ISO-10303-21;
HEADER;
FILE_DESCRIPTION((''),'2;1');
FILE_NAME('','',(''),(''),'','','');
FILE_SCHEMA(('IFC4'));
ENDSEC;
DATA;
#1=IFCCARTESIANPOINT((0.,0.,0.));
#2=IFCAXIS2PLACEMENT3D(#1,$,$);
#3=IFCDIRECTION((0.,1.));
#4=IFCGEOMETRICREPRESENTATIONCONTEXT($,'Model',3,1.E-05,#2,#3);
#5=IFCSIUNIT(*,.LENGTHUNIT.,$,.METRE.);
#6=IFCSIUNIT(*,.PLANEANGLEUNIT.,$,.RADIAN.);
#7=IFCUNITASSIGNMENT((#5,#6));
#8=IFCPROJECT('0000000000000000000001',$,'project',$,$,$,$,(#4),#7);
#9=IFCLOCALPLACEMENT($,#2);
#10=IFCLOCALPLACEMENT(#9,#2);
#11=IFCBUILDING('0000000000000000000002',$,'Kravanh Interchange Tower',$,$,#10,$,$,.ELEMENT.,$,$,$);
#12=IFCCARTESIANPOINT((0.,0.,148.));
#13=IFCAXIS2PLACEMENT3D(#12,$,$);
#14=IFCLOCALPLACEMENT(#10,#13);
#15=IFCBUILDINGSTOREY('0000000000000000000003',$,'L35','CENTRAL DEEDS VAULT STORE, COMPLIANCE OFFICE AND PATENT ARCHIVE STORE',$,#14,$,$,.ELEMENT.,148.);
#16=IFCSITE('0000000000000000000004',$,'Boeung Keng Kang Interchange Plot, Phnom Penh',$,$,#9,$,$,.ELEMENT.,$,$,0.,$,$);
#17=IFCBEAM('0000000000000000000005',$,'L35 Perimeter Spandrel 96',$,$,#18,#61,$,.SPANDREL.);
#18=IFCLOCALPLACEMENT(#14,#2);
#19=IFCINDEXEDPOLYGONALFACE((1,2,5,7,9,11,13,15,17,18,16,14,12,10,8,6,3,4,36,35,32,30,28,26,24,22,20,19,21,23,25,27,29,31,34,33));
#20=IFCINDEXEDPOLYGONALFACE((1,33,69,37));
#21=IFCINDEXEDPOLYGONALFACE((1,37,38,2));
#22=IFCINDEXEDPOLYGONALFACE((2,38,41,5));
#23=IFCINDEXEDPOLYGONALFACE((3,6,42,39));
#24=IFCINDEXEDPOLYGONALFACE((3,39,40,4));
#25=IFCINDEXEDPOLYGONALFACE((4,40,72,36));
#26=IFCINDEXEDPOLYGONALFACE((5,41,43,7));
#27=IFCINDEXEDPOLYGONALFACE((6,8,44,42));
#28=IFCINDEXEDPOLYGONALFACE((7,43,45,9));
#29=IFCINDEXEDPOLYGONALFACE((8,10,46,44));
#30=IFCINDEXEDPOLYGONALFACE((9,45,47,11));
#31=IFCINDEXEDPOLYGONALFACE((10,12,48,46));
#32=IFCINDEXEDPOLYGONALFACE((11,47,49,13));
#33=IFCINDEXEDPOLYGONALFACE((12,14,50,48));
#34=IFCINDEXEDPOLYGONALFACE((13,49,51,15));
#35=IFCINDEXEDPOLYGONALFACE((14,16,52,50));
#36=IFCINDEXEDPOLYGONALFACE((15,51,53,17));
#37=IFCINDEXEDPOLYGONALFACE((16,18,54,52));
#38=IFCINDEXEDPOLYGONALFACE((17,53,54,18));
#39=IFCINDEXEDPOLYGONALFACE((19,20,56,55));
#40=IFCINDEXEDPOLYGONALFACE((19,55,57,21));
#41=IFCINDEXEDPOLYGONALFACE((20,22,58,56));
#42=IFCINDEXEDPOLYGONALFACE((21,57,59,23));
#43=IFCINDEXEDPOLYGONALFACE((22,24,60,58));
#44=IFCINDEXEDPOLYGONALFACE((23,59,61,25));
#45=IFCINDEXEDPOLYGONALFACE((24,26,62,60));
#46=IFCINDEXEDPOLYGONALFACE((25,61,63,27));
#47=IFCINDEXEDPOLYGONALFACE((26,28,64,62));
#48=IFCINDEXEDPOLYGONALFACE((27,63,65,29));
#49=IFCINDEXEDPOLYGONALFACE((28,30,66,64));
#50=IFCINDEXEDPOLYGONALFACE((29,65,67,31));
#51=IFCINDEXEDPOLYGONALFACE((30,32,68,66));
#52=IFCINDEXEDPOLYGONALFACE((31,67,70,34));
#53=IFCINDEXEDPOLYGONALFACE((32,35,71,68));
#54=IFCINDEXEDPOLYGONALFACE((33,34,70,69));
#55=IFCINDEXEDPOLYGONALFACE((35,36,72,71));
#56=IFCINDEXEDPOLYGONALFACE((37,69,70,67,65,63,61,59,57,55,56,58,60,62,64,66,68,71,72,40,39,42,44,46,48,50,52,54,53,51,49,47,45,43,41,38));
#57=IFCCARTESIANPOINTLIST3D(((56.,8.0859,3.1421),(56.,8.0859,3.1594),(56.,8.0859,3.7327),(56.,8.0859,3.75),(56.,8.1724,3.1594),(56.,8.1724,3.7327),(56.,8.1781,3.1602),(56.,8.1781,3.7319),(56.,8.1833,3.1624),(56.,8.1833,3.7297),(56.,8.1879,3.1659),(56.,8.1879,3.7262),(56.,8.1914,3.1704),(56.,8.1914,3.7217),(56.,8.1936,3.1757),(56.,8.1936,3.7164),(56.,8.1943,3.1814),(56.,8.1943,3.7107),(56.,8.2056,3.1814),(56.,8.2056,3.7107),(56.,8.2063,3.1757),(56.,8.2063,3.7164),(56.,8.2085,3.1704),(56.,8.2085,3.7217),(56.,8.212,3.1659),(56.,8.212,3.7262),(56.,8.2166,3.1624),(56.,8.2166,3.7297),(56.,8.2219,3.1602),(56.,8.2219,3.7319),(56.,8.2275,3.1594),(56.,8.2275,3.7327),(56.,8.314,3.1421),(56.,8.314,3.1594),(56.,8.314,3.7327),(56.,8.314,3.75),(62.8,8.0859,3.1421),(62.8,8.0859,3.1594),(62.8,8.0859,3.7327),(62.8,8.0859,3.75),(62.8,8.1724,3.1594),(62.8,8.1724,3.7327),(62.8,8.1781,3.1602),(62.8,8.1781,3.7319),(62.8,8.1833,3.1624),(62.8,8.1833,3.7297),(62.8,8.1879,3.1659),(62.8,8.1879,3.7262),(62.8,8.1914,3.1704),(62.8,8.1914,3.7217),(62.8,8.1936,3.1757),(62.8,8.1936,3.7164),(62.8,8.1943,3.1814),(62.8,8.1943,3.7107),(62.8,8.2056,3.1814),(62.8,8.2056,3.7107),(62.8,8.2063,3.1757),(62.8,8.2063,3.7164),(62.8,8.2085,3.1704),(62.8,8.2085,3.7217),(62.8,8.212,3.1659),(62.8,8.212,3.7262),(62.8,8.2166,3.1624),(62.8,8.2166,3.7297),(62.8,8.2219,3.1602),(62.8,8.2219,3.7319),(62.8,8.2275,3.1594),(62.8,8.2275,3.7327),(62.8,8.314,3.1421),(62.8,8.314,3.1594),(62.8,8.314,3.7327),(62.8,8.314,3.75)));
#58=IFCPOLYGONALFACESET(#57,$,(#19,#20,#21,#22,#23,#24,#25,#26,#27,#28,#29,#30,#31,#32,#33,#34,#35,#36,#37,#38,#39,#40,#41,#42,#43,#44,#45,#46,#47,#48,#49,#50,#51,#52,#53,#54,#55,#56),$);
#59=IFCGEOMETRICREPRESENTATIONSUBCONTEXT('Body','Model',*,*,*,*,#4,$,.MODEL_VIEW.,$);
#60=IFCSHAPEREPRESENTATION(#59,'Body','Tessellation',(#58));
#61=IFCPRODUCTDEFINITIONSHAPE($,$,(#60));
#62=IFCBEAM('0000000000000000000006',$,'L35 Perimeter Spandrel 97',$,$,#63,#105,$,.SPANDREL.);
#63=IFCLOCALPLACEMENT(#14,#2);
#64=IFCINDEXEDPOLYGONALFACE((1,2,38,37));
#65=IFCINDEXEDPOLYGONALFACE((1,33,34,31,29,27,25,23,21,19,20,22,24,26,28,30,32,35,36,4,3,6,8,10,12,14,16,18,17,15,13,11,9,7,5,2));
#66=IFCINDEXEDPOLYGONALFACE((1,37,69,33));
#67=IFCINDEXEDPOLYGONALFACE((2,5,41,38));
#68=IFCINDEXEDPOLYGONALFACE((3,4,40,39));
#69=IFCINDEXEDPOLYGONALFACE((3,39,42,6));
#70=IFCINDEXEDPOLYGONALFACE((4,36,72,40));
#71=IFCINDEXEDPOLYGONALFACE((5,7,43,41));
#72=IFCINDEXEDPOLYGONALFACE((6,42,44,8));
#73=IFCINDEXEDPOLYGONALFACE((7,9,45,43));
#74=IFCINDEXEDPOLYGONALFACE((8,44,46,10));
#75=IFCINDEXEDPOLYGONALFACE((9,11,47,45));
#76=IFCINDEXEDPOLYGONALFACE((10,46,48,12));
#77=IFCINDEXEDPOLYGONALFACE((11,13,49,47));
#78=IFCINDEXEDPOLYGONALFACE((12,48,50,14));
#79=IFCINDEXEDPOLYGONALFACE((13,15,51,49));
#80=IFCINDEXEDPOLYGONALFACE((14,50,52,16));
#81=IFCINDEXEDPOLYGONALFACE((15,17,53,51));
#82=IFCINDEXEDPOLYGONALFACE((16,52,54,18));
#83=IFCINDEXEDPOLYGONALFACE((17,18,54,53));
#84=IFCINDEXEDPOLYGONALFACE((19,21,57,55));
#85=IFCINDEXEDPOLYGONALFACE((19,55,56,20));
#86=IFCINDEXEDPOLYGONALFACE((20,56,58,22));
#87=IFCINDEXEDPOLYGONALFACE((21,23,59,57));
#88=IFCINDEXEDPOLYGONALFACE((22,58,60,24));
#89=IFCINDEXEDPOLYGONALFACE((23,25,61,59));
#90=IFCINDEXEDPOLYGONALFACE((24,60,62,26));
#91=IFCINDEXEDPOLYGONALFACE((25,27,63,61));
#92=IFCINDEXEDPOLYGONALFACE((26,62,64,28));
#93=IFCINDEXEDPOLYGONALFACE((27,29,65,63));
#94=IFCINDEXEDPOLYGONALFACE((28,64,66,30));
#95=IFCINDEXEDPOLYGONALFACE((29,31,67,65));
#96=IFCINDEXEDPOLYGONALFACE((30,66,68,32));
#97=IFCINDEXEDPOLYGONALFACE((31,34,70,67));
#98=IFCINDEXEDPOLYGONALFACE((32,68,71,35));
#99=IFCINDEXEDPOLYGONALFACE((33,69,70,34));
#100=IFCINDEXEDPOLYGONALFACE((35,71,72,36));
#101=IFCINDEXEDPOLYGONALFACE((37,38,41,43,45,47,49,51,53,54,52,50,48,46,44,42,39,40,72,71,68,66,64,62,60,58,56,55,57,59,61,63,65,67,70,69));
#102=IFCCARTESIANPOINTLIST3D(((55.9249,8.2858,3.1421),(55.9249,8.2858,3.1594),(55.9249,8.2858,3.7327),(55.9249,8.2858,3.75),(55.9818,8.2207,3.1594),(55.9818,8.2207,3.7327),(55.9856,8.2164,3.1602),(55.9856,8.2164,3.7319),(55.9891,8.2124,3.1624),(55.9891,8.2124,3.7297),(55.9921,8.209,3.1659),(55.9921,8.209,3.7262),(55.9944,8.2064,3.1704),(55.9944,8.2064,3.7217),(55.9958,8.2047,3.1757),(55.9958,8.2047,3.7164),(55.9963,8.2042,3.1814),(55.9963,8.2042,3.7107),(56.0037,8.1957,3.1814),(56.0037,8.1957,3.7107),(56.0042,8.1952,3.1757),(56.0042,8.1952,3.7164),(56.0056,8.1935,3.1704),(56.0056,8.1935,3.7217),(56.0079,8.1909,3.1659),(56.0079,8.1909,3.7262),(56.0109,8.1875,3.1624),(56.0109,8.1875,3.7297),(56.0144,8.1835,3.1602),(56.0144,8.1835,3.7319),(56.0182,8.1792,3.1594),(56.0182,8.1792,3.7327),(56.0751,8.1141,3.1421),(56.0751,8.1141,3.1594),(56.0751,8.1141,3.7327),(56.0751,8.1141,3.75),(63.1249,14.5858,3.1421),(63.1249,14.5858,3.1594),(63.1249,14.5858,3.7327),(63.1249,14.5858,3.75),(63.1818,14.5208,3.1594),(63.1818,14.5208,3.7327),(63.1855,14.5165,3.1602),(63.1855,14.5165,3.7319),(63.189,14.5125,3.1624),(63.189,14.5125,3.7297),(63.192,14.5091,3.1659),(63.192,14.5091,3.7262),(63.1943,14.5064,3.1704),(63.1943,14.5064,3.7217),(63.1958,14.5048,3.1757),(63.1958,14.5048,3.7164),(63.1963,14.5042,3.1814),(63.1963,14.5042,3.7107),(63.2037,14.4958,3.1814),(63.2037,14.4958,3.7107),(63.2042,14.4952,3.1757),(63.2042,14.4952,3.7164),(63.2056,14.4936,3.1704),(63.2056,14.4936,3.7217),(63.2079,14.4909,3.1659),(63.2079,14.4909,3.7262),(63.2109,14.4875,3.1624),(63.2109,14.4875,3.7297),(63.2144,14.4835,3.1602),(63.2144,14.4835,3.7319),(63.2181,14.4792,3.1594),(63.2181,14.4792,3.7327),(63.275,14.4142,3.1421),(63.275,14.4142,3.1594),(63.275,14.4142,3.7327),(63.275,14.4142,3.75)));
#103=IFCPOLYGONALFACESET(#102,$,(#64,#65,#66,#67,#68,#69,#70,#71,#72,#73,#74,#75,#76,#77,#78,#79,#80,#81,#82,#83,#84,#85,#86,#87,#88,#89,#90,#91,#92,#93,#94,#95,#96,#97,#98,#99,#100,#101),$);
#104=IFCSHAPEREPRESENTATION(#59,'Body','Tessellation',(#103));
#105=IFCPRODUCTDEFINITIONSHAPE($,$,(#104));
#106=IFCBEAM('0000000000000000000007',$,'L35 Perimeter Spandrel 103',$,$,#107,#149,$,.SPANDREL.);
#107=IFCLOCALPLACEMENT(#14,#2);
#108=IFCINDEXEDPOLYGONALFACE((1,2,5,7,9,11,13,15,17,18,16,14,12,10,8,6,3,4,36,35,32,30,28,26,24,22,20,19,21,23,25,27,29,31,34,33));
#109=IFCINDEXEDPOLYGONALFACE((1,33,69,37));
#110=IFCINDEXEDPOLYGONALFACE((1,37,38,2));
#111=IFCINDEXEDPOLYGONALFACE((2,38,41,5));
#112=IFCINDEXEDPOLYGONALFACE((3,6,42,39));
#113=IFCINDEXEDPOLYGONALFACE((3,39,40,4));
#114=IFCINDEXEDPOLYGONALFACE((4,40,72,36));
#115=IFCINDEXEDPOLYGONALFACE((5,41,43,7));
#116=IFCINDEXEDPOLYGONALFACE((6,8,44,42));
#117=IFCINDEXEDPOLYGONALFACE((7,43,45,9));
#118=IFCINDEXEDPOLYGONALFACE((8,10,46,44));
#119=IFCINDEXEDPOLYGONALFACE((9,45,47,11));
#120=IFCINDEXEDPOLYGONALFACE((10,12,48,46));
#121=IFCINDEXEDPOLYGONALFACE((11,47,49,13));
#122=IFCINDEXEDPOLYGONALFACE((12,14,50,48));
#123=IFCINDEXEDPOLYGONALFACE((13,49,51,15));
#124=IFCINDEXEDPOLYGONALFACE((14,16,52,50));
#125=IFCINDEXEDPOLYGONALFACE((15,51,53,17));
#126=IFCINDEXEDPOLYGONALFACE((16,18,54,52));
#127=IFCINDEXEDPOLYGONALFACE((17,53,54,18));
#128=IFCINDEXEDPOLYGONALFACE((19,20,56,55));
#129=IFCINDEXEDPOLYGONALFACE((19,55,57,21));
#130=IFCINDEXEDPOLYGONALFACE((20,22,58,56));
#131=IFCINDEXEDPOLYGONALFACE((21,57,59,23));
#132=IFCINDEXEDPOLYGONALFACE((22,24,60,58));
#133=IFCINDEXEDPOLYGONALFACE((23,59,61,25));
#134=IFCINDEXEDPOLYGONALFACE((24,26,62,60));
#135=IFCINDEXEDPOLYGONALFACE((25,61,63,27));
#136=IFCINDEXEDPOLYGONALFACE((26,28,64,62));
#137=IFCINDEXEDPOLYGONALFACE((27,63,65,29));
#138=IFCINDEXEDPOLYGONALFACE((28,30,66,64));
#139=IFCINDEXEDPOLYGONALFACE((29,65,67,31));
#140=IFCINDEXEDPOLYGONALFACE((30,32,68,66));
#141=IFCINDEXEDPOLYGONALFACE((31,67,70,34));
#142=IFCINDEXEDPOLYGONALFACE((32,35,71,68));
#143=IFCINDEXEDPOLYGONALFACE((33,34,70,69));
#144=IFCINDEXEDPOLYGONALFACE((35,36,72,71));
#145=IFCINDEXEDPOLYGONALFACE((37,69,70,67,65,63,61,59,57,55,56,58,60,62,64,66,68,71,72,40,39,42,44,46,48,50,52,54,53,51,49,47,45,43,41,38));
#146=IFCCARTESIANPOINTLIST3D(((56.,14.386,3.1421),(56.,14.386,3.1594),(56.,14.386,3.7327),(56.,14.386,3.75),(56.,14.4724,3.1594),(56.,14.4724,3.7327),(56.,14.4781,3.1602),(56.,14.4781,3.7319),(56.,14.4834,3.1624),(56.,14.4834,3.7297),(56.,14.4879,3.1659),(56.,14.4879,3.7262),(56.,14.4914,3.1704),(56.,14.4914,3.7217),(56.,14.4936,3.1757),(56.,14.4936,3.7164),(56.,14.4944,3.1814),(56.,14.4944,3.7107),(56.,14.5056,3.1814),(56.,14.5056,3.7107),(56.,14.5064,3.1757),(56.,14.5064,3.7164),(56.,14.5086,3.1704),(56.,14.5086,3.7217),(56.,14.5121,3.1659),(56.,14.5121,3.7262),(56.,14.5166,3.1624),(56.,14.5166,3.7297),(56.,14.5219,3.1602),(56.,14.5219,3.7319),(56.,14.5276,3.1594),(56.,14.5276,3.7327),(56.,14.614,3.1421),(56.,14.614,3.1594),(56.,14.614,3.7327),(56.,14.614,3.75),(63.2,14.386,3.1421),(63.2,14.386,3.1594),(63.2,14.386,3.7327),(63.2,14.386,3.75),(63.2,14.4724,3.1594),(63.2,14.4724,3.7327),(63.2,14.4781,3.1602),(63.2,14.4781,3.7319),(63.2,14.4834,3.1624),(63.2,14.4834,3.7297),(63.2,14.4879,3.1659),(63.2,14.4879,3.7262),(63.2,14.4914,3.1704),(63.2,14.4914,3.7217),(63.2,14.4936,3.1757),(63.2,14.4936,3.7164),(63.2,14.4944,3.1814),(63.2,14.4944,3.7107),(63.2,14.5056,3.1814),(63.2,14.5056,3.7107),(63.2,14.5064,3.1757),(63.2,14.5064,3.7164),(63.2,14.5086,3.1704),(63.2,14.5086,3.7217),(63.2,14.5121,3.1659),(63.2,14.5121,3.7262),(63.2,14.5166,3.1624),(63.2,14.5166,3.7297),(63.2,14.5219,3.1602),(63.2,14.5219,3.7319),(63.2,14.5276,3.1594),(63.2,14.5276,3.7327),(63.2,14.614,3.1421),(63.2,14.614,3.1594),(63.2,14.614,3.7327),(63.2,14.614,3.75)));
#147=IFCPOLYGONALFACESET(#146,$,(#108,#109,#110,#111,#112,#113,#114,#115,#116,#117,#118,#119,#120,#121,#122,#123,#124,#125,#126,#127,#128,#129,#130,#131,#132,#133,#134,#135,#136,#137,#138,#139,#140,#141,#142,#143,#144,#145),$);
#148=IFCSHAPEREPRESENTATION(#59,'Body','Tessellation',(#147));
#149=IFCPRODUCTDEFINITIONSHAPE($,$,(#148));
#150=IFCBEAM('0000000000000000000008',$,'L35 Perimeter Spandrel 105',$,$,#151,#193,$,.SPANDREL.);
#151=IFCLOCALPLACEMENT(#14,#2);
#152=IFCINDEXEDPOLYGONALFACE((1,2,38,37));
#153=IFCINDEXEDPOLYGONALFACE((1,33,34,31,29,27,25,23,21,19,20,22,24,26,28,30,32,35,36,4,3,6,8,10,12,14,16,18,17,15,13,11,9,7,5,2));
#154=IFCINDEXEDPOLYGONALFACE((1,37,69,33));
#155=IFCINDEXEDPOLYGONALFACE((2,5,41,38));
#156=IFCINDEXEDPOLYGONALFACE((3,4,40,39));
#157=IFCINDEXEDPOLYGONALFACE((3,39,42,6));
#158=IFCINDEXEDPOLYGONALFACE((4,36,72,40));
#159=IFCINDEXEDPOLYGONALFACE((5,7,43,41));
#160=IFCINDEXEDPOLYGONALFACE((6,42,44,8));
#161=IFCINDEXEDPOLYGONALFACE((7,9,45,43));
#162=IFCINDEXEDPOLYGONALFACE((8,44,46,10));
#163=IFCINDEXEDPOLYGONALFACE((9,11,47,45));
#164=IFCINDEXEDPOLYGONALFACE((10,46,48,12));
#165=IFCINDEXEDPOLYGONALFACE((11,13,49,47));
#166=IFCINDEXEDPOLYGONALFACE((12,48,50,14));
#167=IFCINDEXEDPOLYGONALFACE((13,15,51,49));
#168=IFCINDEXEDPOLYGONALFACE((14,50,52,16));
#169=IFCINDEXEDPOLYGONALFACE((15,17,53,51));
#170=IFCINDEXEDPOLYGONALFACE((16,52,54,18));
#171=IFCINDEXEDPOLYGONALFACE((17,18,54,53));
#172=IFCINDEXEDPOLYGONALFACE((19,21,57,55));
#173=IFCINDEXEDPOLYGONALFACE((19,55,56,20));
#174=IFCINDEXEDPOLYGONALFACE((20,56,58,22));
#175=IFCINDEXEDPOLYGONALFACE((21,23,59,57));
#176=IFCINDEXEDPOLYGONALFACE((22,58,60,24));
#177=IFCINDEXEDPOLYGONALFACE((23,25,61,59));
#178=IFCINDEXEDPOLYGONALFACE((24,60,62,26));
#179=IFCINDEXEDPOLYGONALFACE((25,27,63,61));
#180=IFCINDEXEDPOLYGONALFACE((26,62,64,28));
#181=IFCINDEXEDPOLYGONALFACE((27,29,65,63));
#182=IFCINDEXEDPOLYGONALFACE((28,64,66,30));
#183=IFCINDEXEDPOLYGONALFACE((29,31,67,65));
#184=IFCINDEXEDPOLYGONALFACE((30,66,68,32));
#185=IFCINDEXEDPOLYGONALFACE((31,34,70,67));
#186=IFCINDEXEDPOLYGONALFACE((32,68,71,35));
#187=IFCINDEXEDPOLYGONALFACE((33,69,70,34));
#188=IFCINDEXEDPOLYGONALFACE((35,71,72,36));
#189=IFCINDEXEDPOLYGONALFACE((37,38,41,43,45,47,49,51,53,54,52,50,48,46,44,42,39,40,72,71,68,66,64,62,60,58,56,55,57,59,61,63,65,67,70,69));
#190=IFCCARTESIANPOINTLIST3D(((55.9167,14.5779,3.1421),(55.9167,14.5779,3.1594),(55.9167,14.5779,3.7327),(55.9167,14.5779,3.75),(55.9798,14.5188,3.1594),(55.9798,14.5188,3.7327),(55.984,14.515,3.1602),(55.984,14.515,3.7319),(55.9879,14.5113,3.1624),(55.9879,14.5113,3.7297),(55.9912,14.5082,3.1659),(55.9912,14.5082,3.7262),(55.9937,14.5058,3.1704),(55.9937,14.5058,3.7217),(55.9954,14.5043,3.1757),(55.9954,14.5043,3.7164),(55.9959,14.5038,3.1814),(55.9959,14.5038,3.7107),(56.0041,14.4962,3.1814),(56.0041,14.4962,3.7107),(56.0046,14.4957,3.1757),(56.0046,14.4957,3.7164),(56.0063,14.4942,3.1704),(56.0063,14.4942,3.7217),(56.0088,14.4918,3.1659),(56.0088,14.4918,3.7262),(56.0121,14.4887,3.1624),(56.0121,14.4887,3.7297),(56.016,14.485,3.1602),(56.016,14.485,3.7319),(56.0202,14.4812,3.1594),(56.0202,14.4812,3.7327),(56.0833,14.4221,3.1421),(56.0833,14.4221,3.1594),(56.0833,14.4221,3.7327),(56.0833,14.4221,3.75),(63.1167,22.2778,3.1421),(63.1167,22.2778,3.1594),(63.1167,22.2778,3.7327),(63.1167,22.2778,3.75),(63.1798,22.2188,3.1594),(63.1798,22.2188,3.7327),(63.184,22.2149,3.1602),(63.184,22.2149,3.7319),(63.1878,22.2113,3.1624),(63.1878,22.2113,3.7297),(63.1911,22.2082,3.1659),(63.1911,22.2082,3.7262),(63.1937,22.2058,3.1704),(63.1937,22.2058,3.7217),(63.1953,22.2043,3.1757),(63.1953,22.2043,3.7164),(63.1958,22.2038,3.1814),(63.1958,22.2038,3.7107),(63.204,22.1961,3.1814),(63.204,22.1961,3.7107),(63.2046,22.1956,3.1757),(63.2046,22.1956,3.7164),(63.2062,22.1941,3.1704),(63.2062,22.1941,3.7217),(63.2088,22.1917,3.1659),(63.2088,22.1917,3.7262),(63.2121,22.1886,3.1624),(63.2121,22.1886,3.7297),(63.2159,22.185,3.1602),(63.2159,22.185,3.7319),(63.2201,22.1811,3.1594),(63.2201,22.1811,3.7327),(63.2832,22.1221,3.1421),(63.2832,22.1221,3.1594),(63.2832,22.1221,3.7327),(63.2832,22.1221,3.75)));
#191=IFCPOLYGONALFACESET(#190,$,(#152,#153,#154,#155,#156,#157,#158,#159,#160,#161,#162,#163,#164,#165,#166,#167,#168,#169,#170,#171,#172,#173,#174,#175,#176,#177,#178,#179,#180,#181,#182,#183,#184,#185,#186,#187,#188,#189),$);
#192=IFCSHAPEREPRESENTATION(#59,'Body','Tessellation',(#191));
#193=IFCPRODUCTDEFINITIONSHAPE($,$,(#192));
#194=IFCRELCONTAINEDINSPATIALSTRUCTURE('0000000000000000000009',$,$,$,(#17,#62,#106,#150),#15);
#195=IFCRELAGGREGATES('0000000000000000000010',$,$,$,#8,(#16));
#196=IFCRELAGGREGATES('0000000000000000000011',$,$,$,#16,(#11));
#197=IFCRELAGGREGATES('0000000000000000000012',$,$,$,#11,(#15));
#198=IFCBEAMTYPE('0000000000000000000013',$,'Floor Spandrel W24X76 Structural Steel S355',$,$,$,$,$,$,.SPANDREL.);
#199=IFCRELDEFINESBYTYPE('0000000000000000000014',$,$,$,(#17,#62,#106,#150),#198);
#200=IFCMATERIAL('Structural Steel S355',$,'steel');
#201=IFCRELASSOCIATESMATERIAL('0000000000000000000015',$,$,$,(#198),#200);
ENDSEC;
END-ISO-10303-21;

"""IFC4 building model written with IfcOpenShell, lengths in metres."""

from ifc_helpers import new_model, si_unit, direction, frame, origin, origin_2d, place, context, subcontext, project, spatial, i_section, extrude, material, material_profile, profile_set, type_object, element, save


model = new_model("IFC4")

# Units and contexts
model_context = context("Model", 3, precision=1e-05, world=origin(), true_north=direction((0.0, 1.0)))
body_context = subcontext(model_context, "Body", "Model", "MODEL_VIEW")
ifc_project = project(units=[si_unit("LENGTHUNIT", "METRE"), si_unit("PLANEANGLEUNIT", "RADIAN")], contexts=[model_context])

# Site, building, storey
site_placement = place(None, origin())
site = spatial("IfcSite", under=ifc_project, at=site_placement, Name="Boeung Keng Kang Interchange Plot, Phnom Penh", CompositionType="ELEMENT", RefElevation=0.0)
building_placement = place(site_placement, origin())
building = spatial("IfcBuilding", under=site, at=building_placement, Name="Kravanh Interchange Tower", CompositionType="ELEMENT")
storey_placement = place(building_placement, frame((0.0, 0.0, 148.0)))
storey = spatial("IfcBuildingStorey", under=building, at=storey_placement, Name="L35", Description="CENTRAL DEEDS VAULT STORE, COMPLIANCE OFFICE AND PATENT ARCHIVE STORE", CompositionType="ELEMENT", Elevation=148.0)

# Beams
ifc_material_1 = material(Name="Structural Steel S355", Category="steel")
ifc_material_profile_1 = material_profile(ifc_material_1, i_section(OverallWidth=0.228, OverallDepth=0.6079, WebThickness=0.0112, FlangeThickness=0.0173, FilletRadius=0.022, at=origin_2d()), Name="W24X76")
ifc_profile_set_1 = profile_set([ifc_material_profile_1], Name="Structural Steel S355")
beam_type_1 = type_object("IfcBeamType", Name="Floor Spandrel W24X76 Structural Steel S355", PredefinedType="SPANDREL", material=ifc_profile_set_1)
beam_1_placement = place(storey_placement, frame((56.0, 8.2, 3.446), z_axis=(1.0, 0.0, 0.0), x_axis=(0.0, 1.0, 0.0)))
element("IfcBeam", 1, at=beam_1_placement, inside=storey, type_object=beam_type_1, Name="L35 Perimeter Spandrel 96", PredefinedType="SPANDREL", context=body_context, shape_type="SweptSolid", body=[
    extrude(i_section(OverallWidth=0.228, OverallDepth=0.6079, WebThickness=0.0112, FlangeThickness=0.0173, FilletRadius=0.022, at=origin_2d()), origin(), (0.0, 0.0, 1.0), 6.8),
])
beam_2_placement = place(storey_placement, frame((56.0, 8.2, 3.446), z_axis=(0.752572, 0.65851, 0.0), x_axis=(-0.65851, 0.752572, 0.0)))
element("IfcBeam", 2, at=beam_2_placement, inside=storey, type_object=beam_type_1, Name="L35 Perimeter Spandrel 97", PredefinedType="SPANDREL", context=body_context, shape_type="SweptSolid", body=[
    extrude(i_section(OverallWidth=0.228, OverallDepth=0.6079, WebThickness=0.0112, FlangeThickness=0.0173, FilletRadius=0.022, at=origin_2d()), origin(), (0.0, 0.0, 1.0), 9.5671),
])
beam_3_placement = place(storey_placement, frame((56.0, 14.5, 3.446), z_axis=(1.0, 0.0, 0.0), x_axis=(0.0, 1.0, 0.0)))
element("IfcBeam", 3, at=beam_3_placement, inside=storey, type_object=beam_type_1, Name="L35 Perimeter Spandrel 103", PredefinedType="SPANDREL", context=body_context, shape_type="SweptSolid", body=[
    extrude(i_section(OverallWidth=0.228, OverallDepth=0.6079, WebThickness=0.0112, FlangeThickness=0.0173, FilletRadius=0.022, at=origin_2d()), origin(), (0.0, 0.0, 1.0), 7.2),
])
beam_4_placement = place(storey_placement, frame((56.0, 14.5, 3.446), z_axis=(0.682994, 0.730424, 0.0), x_axis=(-0.730424, 0.682994, 0.0)))
element("IfcBeam", 4, at=beam_4_placement, inside=storey, type_object=beam_type_1, Name="L35 Perimeter Spandrel 105", PredefinedType="SPANDREL", context=body_context, shape_type="SweptSolid", body=[
    extrude(i_section(OverallWidth=0.228, OverallDepth=0.6079, WebThickness=0.0112, FlangeThickness=0.0173, FilletRadius=0.022, at=origin_2d()), origin(), (0.0, 0.0, 1.0), 10.5417),
])

save(model, "model.ifc")
